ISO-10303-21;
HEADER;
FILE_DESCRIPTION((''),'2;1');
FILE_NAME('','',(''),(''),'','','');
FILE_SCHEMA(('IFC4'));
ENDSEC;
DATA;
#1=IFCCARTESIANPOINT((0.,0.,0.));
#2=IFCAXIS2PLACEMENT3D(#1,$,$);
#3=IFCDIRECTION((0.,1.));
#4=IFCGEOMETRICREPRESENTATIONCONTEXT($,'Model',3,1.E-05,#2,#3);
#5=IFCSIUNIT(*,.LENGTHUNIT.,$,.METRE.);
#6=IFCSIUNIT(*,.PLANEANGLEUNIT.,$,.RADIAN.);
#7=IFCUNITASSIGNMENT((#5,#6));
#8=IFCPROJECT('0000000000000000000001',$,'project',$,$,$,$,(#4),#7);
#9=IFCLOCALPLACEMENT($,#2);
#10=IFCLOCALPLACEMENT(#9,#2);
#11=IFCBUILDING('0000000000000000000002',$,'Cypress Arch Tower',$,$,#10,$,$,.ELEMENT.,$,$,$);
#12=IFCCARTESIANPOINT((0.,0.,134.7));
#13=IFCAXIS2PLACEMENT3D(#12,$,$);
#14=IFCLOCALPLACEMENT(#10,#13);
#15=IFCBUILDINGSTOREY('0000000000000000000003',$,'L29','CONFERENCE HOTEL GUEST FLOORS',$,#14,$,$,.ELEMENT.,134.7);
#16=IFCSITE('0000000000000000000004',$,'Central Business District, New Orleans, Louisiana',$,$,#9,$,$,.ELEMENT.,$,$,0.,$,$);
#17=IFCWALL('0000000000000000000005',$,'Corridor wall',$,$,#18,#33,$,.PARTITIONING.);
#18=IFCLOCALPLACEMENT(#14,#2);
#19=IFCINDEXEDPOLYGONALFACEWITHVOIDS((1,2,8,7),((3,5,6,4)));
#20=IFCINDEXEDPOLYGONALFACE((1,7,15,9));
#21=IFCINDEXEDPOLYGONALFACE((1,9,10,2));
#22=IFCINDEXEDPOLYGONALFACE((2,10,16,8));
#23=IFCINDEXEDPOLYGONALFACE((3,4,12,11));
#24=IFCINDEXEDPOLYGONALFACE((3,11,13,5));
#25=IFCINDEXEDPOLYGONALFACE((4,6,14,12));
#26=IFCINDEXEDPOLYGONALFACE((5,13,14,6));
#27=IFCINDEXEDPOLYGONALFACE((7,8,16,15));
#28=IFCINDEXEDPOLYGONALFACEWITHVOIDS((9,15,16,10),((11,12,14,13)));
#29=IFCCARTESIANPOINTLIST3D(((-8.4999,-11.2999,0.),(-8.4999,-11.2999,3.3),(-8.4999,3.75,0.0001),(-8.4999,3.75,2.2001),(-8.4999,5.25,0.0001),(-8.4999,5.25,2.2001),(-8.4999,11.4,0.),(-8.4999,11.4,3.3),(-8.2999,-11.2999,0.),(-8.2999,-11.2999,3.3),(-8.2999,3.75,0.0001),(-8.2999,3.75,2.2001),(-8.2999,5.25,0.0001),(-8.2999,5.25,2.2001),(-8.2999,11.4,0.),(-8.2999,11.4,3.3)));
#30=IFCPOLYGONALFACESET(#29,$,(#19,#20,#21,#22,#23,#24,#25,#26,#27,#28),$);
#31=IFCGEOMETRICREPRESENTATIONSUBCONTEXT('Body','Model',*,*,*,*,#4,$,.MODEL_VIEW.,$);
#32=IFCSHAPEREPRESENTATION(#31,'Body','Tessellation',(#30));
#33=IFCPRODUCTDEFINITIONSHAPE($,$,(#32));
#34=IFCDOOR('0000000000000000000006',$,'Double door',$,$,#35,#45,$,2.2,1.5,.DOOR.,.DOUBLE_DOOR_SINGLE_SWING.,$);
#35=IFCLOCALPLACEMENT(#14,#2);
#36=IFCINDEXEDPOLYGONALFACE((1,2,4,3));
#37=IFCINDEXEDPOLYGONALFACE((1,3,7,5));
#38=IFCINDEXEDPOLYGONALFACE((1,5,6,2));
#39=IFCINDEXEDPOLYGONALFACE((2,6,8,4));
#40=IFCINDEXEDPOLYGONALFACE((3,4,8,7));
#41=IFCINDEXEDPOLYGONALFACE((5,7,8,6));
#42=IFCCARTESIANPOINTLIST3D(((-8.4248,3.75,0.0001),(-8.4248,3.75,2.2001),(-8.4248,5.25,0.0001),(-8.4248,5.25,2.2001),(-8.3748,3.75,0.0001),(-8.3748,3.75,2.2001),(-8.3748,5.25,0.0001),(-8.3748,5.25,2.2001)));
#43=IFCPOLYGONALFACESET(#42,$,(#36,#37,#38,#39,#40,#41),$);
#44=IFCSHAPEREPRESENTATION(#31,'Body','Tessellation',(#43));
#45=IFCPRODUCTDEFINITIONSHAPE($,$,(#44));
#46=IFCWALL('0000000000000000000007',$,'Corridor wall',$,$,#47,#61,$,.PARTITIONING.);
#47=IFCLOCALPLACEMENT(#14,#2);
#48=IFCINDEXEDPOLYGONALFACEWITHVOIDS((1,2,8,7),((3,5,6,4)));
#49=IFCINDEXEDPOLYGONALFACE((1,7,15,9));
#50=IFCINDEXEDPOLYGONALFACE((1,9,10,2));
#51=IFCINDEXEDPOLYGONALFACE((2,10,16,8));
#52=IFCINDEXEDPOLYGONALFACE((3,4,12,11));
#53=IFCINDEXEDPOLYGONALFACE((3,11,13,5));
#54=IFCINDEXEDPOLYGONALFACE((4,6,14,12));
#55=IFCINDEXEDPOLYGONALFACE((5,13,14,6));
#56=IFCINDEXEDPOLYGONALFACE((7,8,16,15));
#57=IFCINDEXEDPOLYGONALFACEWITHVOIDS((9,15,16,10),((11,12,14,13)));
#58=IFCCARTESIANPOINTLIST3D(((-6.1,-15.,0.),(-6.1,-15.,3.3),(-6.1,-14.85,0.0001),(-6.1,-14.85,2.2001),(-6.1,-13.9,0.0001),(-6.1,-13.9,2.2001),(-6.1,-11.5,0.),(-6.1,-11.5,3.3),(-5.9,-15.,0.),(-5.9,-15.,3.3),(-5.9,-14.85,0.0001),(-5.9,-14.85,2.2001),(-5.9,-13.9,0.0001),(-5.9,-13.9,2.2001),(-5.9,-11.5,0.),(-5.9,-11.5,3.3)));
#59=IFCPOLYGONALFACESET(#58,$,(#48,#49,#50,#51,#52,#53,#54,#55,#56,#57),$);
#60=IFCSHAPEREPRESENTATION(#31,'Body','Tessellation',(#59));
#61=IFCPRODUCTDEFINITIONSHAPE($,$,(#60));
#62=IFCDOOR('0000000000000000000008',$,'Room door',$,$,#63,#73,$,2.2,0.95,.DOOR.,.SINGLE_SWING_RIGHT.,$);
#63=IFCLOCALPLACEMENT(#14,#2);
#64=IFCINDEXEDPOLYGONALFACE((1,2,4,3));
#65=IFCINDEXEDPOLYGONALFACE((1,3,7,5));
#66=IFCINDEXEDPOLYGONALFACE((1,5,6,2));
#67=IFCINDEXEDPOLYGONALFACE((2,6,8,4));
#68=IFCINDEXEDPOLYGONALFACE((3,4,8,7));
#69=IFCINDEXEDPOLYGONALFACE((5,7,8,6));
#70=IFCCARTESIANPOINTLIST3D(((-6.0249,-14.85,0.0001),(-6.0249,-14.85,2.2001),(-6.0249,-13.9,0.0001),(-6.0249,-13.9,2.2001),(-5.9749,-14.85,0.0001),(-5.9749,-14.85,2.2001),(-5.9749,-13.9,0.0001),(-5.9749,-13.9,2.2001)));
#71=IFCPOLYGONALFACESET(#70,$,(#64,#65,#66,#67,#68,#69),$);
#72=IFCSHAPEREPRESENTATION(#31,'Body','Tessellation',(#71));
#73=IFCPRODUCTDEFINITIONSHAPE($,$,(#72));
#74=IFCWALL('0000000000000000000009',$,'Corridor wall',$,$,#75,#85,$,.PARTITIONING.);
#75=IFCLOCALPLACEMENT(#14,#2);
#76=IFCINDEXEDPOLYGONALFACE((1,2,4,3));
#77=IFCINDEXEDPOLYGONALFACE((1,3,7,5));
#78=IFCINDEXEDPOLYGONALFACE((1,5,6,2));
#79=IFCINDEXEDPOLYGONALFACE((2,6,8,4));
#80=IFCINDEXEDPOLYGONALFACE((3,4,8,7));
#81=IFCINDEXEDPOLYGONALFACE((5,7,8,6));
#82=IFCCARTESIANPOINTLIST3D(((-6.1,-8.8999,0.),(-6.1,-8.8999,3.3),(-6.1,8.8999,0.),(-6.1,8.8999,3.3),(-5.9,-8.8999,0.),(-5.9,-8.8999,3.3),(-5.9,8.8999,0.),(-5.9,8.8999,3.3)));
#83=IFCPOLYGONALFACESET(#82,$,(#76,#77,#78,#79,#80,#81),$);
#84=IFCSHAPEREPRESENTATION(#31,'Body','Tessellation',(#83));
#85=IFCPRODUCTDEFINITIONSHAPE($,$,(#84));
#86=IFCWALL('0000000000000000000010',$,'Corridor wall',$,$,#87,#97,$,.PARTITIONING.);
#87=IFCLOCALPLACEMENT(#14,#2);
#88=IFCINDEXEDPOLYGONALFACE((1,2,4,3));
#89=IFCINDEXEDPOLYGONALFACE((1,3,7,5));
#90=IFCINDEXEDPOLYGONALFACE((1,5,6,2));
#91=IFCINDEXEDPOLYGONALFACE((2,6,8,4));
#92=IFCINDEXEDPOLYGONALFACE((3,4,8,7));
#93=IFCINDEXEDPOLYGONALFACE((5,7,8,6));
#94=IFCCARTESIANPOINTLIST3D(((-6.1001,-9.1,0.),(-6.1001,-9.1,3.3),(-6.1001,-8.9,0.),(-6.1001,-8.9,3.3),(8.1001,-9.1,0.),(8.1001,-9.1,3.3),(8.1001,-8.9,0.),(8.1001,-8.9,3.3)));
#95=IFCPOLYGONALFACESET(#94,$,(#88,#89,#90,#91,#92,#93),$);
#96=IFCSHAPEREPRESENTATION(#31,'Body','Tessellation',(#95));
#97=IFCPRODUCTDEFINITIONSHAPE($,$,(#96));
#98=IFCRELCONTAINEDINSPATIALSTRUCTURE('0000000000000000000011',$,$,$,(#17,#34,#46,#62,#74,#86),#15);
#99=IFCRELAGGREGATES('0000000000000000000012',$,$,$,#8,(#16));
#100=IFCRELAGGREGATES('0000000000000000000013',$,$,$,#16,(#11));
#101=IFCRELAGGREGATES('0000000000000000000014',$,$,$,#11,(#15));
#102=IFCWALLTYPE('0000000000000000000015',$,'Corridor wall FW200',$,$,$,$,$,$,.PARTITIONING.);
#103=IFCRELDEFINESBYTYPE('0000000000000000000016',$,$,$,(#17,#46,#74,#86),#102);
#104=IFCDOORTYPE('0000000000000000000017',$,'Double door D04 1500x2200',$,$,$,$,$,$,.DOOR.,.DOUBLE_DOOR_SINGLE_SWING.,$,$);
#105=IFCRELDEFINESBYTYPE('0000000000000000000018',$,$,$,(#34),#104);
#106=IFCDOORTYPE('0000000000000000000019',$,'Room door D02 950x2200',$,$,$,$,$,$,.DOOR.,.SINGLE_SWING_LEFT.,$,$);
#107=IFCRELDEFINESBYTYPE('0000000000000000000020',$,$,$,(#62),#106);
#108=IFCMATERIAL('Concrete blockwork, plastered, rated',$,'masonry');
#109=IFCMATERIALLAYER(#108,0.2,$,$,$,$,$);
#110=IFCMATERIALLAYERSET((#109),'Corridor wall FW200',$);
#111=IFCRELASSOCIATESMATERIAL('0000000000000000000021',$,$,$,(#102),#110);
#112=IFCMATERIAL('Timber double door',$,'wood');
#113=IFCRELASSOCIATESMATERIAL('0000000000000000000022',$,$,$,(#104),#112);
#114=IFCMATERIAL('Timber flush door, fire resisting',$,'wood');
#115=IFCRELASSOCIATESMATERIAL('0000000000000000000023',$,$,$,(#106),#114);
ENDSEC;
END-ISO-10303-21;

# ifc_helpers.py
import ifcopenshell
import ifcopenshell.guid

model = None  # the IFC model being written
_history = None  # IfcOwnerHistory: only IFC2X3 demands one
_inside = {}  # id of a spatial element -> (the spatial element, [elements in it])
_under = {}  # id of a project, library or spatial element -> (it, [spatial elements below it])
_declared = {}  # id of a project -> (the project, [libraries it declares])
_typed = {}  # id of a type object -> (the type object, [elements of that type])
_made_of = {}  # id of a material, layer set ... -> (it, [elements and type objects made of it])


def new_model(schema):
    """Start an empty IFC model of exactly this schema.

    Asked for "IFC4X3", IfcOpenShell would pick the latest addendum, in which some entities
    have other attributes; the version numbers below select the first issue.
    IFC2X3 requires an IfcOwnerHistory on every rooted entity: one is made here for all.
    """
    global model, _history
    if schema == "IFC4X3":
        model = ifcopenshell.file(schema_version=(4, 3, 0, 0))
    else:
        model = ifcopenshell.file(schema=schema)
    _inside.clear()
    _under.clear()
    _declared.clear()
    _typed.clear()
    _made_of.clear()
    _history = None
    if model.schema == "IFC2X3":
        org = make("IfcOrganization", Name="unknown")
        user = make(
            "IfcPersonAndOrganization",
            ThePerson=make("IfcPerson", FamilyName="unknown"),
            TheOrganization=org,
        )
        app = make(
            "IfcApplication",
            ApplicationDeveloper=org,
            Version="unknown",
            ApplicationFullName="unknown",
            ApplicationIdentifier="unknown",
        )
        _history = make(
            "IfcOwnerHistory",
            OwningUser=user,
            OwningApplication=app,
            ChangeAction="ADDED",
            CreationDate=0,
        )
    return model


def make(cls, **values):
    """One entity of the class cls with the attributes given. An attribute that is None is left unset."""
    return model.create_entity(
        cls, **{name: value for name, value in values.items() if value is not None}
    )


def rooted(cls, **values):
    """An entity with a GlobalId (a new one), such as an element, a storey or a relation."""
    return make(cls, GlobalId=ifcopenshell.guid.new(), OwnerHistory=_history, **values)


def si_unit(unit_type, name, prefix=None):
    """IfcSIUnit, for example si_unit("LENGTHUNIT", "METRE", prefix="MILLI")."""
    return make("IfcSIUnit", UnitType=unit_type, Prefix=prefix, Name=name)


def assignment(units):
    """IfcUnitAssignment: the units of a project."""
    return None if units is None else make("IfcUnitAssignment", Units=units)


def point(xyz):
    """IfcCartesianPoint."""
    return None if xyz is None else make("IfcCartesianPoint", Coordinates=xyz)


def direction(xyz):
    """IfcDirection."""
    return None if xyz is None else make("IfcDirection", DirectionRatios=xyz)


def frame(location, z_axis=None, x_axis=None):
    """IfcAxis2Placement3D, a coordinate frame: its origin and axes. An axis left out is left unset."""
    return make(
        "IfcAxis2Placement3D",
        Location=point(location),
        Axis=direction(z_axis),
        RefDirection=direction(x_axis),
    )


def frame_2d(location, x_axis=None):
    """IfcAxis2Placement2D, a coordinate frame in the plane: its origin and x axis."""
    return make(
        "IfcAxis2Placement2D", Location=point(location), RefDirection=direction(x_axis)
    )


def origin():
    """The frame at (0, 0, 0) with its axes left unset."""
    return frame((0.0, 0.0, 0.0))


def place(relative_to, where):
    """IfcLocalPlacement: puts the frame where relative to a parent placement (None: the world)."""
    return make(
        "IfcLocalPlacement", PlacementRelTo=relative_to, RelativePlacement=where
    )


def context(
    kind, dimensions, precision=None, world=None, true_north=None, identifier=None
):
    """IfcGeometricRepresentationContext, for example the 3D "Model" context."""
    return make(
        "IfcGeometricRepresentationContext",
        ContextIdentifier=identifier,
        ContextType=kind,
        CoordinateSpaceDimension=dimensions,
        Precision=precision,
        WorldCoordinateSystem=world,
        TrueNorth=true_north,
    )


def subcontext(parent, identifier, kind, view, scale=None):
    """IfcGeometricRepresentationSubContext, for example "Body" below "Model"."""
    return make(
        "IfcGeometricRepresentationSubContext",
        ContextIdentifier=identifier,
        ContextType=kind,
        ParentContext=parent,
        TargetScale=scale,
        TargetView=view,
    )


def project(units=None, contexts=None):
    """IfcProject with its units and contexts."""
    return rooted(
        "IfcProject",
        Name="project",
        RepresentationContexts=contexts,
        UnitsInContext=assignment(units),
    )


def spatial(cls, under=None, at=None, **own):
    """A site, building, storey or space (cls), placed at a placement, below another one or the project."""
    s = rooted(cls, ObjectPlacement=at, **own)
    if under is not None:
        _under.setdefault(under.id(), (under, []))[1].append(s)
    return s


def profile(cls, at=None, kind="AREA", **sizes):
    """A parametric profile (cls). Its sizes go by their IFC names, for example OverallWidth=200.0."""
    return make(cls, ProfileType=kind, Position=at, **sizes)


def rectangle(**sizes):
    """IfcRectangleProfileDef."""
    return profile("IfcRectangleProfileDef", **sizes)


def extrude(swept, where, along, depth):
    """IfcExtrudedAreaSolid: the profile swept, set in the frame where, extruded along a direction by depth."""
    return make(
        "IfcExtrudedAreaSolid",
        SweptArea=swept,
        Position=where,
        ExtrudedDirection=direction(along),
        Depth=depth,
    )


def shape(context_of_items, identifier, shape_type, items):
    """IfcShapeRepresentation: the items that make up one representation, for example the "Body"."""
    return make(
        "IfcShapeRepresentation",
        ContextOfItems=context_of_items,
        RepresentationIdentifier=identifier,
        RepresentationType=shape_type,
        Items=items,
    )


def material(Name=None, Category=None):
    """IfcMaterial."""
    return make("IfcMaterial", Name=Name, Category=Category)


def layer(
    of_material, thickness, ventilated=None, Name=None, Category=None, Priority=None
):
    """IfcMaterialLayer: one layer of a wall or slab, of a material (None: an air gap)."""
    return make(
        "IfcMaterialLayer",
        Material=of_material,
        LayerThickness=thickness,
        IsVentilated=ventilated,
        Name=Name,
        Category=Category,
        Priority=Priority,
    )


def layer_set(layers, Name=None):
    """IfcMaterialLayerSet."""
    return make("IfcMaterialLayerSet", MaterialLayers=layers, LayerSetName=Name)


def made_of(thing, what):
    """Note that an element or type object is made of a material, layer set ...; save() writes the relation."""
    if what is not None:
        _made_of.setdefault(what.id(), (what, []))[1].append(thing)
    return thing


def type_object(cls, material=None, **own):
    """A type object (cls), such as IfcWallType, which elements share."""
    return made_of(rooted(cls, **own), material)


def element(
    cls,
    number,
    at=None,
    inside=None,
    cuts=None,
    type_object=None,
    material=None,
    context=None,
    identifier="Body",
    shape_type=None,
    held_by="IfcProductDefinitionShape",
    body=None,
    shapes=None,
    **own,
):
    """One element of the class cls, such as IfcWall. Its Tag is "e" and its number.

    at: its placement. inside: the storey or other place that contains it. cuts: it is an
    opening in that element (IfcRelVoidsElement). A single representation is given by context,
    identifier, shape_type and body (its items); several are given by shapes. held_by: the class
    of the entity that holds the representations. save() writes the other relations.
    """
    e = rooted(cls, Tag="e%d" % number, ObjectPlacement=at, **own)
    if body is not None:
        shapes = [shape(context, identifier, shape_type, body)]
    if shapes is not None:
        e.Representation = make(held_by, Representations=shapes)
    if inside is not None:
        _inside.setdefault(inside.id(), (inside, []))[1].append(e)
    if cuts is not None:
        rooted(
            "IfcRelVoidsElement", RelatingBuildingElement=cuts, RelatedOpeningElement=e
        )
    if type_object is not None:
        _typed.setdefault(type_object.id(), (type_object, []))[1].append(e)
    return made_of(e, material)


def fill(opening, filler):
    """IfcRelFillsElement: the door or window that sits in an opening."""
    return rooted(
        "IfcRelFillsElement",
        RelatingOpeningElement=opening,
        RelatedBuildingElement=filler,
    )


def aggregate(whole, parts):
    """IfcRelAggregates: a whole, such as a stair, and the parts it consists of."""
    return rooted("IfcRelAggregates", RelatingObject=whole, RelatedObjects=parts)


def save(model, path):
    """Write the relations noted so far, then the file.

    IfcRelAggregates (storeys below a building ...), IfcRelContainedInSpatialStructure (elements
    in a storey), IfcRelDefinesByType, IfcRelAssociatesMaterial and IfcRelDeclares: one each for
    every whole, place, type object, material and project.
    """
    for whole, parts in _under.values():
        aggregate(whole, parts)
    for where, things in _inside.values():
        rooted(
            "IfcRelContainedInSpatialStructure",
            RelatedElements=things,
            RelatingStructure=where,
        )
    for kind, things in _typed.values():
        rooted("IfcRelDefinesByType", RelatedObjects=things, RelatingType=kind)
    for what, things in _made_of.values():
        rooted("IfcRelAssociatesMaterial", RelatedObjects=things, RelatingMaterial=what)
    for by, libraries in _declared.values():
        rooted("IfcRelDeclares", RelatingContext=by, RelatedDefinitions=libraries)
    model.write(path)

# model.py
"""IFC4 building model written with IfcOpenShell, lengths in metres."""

from ifc_helpers import new_model, si_unit, direction, frame, frame_2d, origin, place, context, subcontext, project, spatial, rectangle, extrude, material, layer, layer_set, type_object, element, fill, save


model = new_model("IFC4")

# Units and contexts
model_context = context("Model", 3, precision=1e-05, world=origin(), true_north=direction((0.0, 1.0)))
body_context = subcontext(model_context, "Body", "Model", "MODEL_VIEW")
ifc_project = project(units=[si_unit("LENGTHUNIT", "METRE"), si_unit("PLANEANGLEUNIT", "RADIAN")], contexts=[model_context])

# Site, building, storey
site_placement = place(None, origin())
site = spatial("IfcSite", under=ifc_project, at=site_placement, Name="Central Business District, New Orleans, Louisiana", CompositionType="ELEMENT", RefElevation=0.0)
building_placement = place(site_placement, origin())
building = spatial("IfcBuilding", under=site, at=building_placement, Name="Cypress Arch Tower", CompositionType="ELEMENT")
storey_placement = place(building_placement, frame((0.0, 0.0, 134.7)))
storey = spatial("IfcBuildingStorey", under=building, at=storey_placement, Name="L29", Description="CONFERENCE HOTEL GUEST FLOORS", CompositionType="ELEMENT", Elevation=134.7)

# Shared definitions
ifc_material_1 = material(Name="Concrete blockwork, plastered, rated", Category="masonry")
ifc_layer_1 = layer(ifc_material_1, 0.2)
ifc_layer_set_1 = layer_set([ifc_layer_1], Name="Corridor wall FW200")
wall_type_1 = type_object("IfcWallType", Name="Corridor wall FW200", PredefinedType="PARTITIONING", material=ifc_layer_set_1)
ifc_material_2 = material(Name="Timber double door", Category="wood")
door_type_1 = type_object("IfcDoorType", Name="Double door D04 1500x2200", OperationType="DOUBLE_DOOR_SINGLE_SWING", PredefinedType="DOOR", material=ifc_material_2)

# Walls, openings, doors
wall_1_placement = place(storey_placement, frame((-8.3999, -11.3, 0.0), z_axis=(0.0, 0.0, 1.0), x_axis=(0.0, 1.0, 0.0)))
wall_1 = element("IfcWall", 1, at=wall_1_placement, inside=storey, type_object=wall_type_1, Name="Corridor wall", PredefinedType="PARTITIONING", context=body_context, shape_type="SweptSolid", body=[
    extrude(rectangle(XDim=22.7, YDim=0.2, at=frame_2d((11.3501, 0.0))), origin(), (0.0, 0.0, 1.0), 3.3),
])
opening_1_placement = place(wall_1_placement, frame((15.05, 0.0, 0.0)))
opening_1 = element("IfcOpeningElement", 2, at=opening_1_placement, cuts=wall_1, PredefinedType="OPENING", context=body_context, shape_type="SweptSolid", body=[
    extrude(rectangle(XDim=1.5, YDim=2.2, at=frame_2d((0.75, 1.1001))), frame((0.0, 0.1099, 0.0), z_axis=(0.0, -1.0, 0.0), x_axis=(1.0, 0.0, 0.0)), (0.0, 0.0, 1.0), 0.22),
])
door_1_placement = place(opening_1_placement, origin())
door_1 = element("IfcDoor", 3, at=door_1_placement, inside=storey, type_object=door_type_1, Name="Double door", OperationType="DOUBLE_DOOR_SINGLE_SWING", OverallHeight=2.2, OverallWidth=1.5, PredefinedType="DOOR", context=body_context, shape_type="SweptSolid", body=[
    extrude(rectangle(XDim=1.5, YDim=2.2, at=frame_2d((0.75, 1.1001))), frame((0.0, 0.0249, 0.0), z_axis=(0.0, -1.0, 0.0), x_axis=(1.0, 0.0, 0.0)), (0.0, 0.0, 1.0), 0.05),
])
fill(opening_1, door_1)
wall_2_placement = place(storey_placement, frame((-6.0, -15.0, 0.0), z_axis=(0.0, 0.0, 1.0), x_axis=(0.0, 1.0, 0.0)))
wall_2 = element("IfcWall", 4, at=wall_2_placement, inside=storey, type_object=wall_type_1, Name="Corridor wall", PredefinedType="PARTITIONING", context=body_context, shape_type="SweptSolid", body=[
    extrude(rectangle(XDim=3.5, YDim=0.2, at=frame_2d((1.75, 0.0))), origin(), (0.0, 0.0, 1.0), 3.3),
])
opening_2_placement = place(wall_2_placement, frame((0.1499, 0.0, 0.0)))
opening_2 = element("IfcOpeningElement", 5, at=opening_2_placement, cuts=wall_2, PredefinedType="OPENING", context=body_context, shape_type="SweptSolid", body=[
    extrude(rectangle(XDim=0.95, YDim=2.2, at=frame_2d((0.4751, 1.1001))), frame((0.0, 0.1099, 0.0), z_axis=(0.0, -1.0, 0.0), x_axis=(1.0, 0.0, 0.0)), (0.0, 0.0, 1.0), 0.22),
])
ifc_material_3 = material(Name="Timber flush door, fire resisting", Category="wood")
door_type_2 = type_object("IfcDoorType", Name="Room door D02 950x2200", OperationType="SINGLE_SWING_LEFT", PredefinedType="DOOR", material=ifc_material_3)
door_2_placement = place(opening_2_placement, origin())
door_2 = element("IfcDoor", 6, at=door_2_placement, inside=storey, type_object=door_type_2, Name="Room door", OperationType="SINGLE_SWING_RIGHT", OverallHeight=2.2, OverallWidth=0.95, PredefinedType="DOOR", context=body_context, shape_type="SweptSolid", body=[
    extrude(rectangle(XDim=0.95, YDim=2.2, at=frame_2d((0.4751, 1.1001))), frame((0.0, 0.0249, 0.0), z_axis=(0.0, -1.0, 0.0), x_axis=(1.0, 0.0, 0.0)), (0.0, 0.0, 1.0), 0.05),
])
fill(opening_2, door_2)

# Walls
wall_3_placement = place(storey_placement, frame((-6.0, -8.8999, 0.0), z_axis=(0.0, 0.0, 1.0), x_axis=(0.0, 1.0, 0.0)))
element("IfcWall", 7, at=wall_3_placement, inside=storey, type_object=wall_type_1, Name="Corridor wall", PredefinedType="PARTITIONING", context=body_context, shape_type="SweptSolid", body=[
    extrude(rectangle(XDim=17.7998, YDim=0.2, at=frame_2d((8.8999, 0.0))), origin(), (0.0, 0.0, 1.0), 3.3),
])
wall_4_placement = place(storey_placement, frame((-6.1001, -9.0, 0.0), z_axis=(0.0, 0.0, 1.0), x_axis=(1.0, 0.0, 0.0)))
element("IfcWall", 8, at=wall_4_placement, inside=storey, type_object=wall_type_1, Name="Corridor wall", PredefinedType="PARTITIONING", context=body_context, shape_type="SweptSolid", body=[
    extrude(rectangle(XDim=14.2002, YDim=0.2, at=frame_2d((7.1001, 0.0))), origin(), (0.0, 0.0, 1.0), 3.3),
])

save(model, "model.ifc")
